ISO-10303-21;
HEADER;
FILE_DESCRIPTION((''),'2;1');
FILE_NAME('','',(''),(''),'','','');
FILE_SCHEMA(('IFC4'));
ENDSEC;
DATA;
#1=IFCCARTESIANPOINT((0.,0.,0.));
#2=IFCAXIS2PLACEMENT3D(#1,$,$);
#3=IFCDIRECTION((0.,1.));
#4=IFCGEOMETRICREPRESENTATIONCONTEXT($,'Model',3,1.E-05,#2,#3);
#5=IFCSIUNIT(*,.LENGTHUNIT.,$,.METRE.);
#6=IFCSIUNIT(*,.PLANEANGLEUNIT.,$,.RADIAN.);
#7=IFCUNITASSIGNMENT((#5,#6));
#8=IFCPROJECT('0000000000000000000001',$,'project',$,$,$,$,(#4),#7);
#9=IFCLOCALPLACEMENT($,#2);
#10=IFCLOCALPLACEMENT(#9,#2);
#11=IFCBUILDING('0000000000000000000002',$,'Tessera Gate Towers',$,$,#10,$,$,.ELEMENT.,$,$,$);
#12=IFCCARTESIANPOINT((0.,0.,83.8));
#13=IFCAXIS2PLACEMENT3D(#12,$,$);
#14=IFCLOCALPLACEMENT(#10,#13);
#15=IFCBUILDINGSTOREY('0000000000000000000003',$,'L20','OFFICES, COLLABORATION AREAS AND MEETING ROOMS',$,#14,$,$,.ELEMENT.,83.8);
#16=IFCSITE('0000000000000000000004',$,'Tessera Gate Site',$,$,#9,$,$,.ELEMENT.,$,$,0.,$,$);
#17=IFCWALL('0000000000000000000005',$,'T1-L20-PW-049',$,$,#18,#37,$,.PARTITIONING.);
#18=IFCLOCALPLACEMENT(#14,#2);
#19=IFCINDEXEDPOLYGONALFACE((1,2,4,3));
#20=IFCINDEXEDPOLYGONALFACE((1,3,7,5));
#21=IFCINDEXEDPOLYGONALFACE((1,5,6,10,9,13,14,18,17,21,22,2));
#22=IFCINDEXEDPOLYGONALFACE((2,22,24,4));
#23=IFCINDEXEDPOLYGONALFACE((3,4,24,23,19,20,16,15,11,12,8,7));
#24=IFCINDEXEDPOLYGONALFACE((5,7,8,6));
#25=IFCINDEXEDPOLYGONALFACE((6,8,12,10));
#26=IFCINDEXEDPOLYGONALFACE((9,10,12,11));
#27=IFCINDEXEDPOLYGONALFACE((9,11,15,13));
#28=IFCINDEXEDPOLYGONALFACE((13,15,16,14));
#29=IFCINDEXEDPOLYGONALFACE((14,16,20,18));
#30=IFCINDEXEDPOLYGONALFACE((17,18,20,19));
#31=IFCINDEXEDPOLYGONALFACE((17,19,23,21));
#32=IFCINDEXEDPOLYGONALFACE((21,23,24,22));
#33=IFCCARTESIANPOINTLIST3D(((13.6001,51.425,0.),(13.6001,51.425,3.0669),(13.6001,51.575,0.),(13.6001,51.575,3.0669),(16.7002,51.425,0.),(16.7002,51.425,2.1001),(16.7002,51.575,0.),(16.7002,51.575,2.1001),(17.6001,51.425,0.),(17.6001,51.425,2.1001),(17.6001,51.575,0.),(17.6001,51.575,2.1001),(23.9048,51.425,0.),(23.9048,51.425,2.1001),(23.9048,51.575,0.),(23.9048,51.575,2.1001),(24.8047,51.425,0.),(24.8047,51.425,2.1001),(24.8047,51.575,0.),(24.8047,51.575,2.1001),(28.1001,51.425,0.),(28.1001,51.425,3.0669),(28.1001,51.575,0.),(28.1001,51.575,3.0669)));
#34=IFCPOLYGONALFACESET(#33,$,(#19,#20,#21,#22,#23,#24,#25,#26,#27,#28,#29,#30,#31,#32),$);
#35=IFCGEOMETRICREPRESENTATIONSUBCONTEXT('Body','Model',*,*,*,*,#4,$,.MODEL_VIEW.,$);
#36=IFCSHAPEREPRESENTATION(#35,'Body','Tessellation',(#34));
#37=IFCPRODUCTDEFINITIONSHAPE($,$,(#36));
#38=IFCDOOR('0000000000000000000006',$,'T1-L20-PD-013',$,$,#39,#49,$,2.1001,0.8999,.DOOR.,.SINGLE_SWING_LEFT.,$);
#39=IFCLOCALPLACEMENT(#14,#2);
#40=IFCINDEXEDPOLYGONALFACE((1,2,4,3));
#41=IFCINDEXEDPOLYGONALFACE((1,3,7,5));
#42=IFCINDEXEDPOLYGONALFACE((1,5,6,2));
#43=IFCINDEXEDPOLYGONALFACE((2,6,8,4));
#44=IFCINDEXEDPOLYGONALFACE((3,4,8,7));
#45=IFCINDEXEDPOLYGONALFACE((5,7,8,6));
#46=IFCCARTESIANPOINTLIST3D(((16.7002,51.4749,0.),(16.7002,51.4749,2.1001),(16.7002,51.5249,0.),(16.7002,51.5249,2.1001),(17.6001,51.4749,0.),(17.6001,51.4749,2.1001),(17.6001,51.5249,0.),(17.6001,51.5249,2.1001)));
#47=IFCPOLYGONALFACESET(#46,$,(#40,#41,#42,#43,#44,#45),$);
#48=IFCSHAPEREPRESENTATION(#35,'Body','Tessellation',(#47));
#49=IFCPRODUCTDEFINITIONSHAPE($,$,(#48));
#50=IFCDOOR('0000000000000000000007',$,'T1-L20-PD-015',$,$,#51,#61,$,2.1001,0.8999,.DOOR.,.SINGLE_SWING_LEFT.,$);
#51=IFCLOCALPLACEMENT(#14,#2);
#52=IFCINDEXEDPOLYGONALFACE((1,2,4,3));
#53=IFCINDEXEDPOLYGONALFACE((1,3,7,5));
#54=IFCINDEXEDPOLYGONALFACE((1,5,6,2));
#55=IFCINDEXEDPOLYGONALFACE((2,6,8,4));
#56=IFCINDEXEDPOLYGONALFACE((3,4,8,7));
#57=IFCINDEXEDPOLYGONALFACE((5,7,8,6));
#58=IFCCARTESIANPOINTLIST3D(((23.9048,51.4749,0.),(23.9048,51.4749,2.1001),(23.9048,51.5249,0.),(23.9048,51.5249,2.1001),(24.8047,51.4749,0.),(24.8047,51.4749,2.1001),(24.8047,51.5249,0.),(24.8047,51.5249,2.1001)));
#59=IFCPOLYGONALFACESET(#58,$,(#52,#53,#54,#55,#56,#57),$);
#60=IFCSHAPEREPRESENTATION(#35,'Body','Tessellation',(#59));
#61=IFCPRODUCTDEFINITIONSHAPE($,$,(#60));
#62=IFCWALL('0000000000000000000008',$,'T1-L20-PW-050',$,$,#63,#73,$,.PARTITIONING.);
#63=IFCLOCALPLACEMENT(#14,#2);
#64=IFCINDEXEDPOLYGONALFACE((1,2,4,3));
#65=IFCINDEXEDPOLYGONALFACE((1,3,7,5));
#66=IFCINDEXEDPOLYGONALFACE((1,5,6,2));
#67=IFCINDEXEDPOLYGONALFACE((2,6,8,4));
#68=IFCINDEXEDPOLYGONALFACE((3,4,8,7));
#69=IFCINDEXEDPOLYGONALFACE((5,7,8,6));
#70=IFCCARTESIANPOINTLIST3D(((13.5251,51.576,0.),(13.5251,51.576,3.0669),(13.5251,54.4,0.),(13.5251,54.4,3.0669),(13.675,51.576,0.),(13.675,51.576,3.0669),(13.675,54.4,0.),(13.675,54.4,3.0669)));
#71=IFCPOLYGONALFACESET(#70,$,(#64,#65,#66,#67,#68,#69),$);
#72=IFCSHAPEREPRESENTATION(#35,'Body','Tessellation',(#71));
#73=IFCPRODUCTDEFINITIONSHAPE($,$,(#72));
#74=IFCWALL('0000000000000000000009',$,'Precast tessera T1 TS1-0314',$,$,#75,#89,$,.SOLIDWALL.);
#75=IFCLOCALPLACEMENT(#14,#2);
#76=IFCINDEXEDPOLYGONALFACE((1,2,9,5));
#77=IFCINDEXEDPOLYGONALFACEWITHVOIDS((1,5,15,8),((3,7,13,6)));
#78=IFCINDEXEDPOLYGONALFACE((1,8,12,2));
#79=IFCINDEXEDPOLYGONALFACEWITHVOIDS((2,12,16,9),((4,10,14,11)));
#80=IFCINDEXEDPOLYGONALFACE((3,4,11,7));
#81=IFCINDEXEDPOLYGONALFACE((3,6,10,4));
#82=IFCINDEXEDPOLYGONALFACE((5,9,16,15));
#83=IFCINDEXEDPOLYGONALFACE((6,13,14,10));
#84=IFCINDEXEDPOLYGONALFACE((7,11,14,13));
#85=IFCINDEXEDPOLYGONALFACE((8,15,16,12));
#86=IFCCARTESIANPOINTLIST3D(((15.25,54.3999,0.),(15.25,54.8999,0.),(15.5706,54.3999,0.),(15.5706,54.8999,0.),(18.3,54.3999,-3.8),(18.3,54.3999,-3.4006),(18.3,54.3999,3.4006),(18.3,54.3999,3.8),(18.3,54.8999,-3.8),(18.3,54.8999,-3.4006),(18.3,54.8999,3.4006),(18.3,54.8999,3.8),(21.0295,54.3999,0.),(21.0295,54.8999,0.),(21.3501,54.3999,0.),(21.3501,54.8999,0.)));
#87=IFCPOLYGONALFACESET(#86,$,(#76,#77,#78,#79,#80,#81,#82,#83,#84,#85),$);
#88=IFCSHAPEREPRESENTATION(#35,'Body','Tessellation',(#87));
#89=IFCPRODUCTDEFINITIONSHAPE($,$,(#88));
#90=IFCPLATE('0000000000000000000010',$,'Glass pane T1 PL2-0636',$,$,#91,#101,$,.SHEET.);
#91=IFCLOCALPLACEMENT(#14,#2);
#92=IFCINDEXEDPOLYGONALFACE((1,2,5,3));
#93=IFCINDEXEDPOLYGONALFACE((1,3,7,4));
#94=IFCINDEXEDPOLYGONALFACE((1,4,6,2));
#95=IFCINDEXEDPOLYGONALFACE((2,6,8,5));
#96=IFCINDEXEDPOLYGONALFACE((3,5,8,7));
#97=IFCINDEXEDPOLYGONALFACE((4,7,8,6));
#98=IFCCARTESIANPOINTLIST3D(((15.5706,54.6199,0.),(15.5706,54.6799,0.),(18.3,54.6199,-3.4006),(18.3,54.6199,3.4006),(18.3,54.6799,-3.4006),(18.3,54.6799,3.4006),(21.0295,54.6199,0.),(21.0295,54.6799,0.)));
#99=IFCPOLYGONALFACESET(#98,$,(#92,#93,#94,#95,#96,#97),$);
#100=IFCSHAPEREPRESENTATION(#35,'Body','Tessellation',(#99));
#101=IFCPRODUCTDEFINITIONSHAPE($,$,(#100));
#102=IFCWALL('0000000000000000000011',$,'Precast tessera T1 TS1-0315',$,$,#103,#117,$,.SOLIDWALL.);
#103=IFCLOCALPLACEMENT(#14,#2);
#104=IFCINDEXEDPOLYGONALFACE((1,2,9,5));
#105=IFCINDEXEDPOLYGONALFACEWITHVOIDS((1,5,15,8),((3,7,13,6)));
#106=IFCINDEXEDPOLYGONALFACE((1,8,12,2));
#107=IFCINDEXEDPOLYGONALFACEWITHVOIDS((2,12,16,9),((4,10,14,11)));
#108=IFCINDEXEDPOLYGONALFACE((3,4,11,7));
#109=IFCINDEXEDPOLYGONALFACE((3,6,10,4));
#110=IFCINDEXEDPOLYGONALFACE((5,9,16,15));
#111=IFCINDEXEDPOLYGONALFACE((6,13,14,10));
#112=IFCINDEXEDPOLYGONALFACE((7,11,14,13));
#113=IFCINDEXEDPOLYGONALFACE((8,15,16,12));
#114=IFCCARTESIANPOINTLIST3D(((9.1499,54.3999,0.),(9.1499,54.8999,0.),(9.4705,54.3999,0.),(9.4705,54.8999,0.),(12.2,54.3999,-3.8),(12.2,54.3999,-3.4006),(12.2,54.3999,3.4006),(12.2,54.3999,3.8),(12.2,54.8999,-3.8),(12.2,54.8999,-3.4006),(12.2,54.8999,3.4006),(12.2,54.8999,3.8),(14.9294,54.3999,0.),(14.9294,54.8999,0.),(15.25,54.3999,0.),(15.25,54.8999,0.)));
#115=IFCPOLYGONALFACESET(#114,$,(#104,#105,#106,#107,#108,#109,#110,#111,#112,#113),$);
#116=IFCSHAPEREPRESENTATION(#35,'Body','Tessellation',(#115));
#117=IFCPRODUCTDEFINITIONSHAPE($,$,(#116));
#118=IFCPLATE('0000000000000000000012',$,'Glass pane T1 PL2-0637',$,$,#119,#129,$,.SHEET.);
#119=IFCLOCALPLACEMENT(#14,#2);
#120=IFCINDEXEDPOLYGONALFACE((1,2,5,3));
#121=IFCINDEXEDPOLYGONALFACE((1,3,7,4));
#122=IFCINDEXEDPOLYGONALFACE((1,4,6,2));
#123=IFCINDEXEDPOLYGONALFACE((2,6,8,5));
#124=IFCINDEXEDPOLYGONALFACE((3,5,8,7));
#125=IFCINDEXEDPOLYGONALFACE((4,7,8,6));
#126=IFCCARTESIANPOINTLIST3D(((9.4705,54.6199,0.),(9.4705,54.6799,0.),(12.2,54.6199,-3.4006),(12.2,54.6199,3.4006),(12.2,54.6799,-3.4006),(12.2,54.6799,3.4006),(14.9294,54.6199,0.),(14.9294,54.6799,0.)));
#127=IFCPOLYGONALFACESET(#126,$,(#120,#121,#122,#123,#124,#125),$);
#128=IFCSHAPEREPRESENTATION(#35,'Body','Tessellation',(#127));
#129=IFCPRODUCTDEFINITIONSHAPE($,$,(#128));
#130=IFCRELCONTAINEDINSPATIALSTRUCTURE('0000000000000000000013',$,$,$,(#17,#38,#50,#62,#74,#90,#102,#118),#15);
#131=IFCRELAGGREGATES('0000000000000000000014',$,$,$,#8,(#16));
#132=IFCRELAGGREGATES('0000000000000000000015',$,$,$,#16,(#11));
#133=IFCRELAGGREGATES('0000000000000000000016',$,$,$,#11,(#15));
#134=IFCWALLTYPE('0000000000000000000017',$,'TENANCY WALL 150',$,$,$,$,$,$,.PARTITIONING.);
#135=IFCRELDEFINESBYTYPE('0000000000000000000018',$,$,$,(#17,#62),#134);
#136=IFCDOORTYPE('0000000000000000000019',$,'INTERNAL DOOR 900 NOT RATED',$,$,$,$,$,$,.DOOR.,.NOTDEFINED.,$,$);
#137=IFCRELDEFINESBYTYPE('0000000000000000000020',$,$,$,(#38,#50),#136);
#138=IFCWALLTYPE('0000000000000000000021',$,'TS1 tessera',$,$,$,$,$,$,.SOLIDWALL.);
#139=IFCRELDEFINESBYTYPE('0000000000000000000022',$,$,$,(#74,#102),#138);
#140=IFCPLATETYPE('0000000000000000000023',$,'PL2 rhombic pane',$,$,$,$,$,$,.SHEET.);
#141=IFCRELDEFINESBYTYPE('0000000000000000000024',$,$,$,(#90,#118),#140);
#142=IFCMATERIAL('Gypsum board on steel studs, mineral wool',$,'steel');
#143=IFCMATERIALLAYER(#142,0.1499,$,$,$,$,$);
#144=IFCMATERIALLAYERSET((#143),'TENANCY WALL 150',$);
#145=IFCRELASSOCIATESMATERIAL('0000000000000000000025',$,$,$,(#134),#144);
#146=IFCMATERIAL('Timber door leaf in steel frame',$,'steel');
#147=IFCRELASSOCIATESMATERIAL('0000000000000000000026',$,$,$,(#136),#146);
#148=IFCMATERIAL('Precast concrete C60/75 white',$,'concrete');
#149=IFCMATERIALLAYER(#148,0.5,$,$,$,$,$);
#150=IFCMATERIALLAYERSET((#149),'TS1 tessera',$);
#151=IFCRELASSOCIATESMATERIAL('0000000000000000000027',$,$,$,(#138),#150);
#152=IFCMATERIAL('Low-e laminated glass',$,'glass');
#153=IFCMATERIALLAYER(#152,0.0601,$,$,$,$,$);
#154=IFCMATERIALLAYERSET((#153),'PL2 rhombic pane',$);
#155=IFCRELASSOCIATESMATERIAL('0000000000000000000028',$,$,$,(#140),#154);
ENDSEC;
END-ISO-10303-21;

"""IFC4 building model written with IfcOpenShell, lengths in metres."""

from ifc_helpers import new_model, si_unit, direction, frame, frame_2d, origin, place, context, subcontext, project, spatial, polyline, rectangle, outline, extrude, source, transform, mapped, material, layer, layer_set, type_object, element, fill, save


model = new_model("IFC4")

# Units and contexts
model_context = context("Model", 3, precision=1e-05, world=origin(), true_north=direction((0.0, 1.0)))
body_context = subcontext(model_context, "Body", "Model", "MODEL_VIEW")
ifc_project = project(units=[si_unit("LENGTHUNIT", "METRE"), si_unit("PLANEANGLEUNIT", "RADIAN")], contexts=[model_context])

# Site, building, storey
site_placement = place(None, origin())
site = spatial("IfcSite", under=ifc_project, at=site_placement, Name="Tessera Gate Site", CompositionType="ELEMENT", RefElevation=0.0)
building_placement = place(site_placement, origin())
building = spatial("IfcBuilding", under=site, at=building_placement, Name="Tessera Gate Towers", CompositionType="ELEMENT")
storey_placement = place(building_placement, frame((0.0, 0.0, 83.8)))
storey = spatial("IfcBuildingStorey", under=building, at=storey_placement, Name="L20", Description="OFFICES, COLLABORATION AREAS AND MEETING ROOMS", CompositionType="ELEMENT", Elevation=83.8)

# Shared definitions
shared_shape_1 = source(origin(), body_context, "Body", "SweptSolid", [
    extrude(rectangle(XDim=0.8999, YDim=2.1001, at=frame_2d((0.45, 1.05))), frame((0.0, 0.0249, 0.0), z_axis=(0.0, -1.0, 0.0), x_axis=(1.0, 0.0, 0.0)), (0.0, 0.0, 1.0), 0.05),
])

# Shared definitions
ifc_material_1 = material(Name="Gypsum board on steel studs, mineral wool", Category="steel")
ifc_layer_1 = layer(ifc_material_1, 0.1499)
ifc_layer_set_1 = layer_set([ifc_layer_1], Name="TENANCY WALL 150")
wall_type_1 = type_object("IfcWallType", Name="TENANCY WALL 150", PredefinedType="PARTITIONING", material=ifc_layer_set_1)

# Wall, openings, doors
wall_1_placement = place(storey_placement, frame((13.6001, 51.5, 0.0), z_axis=(0.0, 0.0, 1.0), x_axis=(1.0, 0.0, 0.0)))
wall_1 = element("IfcWall", 1, at=wall_1_placement, inside=storey, type_object=wall_type_1, Name="T1-L20-PW-049", PredefinedType="PARTITIONING", context=body_context, shape_type="SweptSolid", body=[
    extrude(rectangle(XDim=14.5, YDim=0.1499, at=frame_2d((7.25, 0.0))), origin(), (0.0, 0.0, 1.0), 3.0669),
])
shared_shape_2 = source(origin(), body_context, "Body", "SweptSolid", [
    extrude(rectangle(XDim=0.8999, YDim=2.1001, at=frame_2d((0.45, 1.05))), frame((0.0, 0.085, 0.0), z_axis=(0.0, -1.0, 0.0), x_axis=(1.0, 0.0, 0.0)), (0.0, 0.0, 1.0), 0.1699),
])
opening_1_placement = place(wall_1_placement, frame((3.1001, 0.0, 0.0)))
opening_1 = element("IfcOpeningElement", 2, at=opening_1_placement, cuts=wall_1, PredefinedType="OPENING", context=body_context, shape_type="MappedRepresentation", body=[
    mapped(shared_shape_2, transform((0.0, 0.0, 0.0), scale=1.0)),
])
opening_2_placement = place(wall_1_placement, frame((10.3047, 0.0, 0.0)))
opening_2 = element("IfcOpeningElement", 3, at=opening_2_placement, cuts=wall_1, PredefinedType="OPENING", context=body_context, shape_type="MappedRepresentation", body=[
    mapped(shared_shape_2, transform((0.0, 0.0, 0.0), scale=1.0)),
])
ifc_material_2 = material(Name="Timber door leaf in steel frame", Category="steel")
door_type_1 = type_object("IfcDoorType", Name="INTERNAL DOOR 900 NOT RATED", OperationType="NOTDEFINED", PredefinedType="DOOR", material=ifc_material_2)
door_1_placement = place(opening_1_placement, origin())
door_1 = element("IfcDoor", 4, at=door_1_placement, inside=storey, type_object=door_type_1, Name="T1-L20-PD-013", OperationType="SINGLE_SWING_LEFT", OverallHeight=2.1001, OverallWidth=0.8999, PredefinedType="DOOR", context=body_context, shape_type="MappedRepresentation", body=[
    mapped(shared_shape_1, transform((0.0, 0.0, 0.0), scale=1.0)),
])
fill(opening_1, door_1)
door_2_placement = place(opening_2_placement, origin())
door_2 = element("IfcDoor", 5, at=door_2_placement, inside=storey, type_object=door_type_1, Name="T1-L20-PD-015", OperationType="SINGLE_SWING_LEFT", OverallHeight=2.1001, OverallWidth=0.8999, PredefinedType="DOOR", context=body_context, shape_type="MappedRepresentation", body=[
    mapped(shared_shape_1, transform((0.0, 0.0, 0.0), scale=1.0)),
])
fill(opening_2, door_2)

# Wall
wall_2_placement = place(storey_placement, frame((13.6001, 51.5759, 0.0), z_axis=(0.0, 0.0, 1.0), x_axis=(0.0, 1.0, 0.0)))
element("IfcWall", 6, at=wall_2_placement, inside=storey, type_object=wall_type_1, Name="T1-L20-PW-050", PredefinedType="PARTITIONING", context=body_context, shape_type="SweptSolid", body=[
    extrude(rectangle(XDim=2.824, YDim=0.1499, at=frame_2d((1.4121, 0.0))), origin(), (0.0, 0.0, 1.0), 3.0669),
])

# Walls, openings, plates
ifc_material_3 = material(Name="Precast concrete C60/75 white", Category="concrete")
ifc_layer_2 = layer(ifc_material_3, 0.5)
ifc_layer_set_2 = layer_set([ifc_layer_2], Name="TS1 tessera")
wall_type_2 = type_object("IfcWallType", Name="TS1 tessera", PredefinedType="SOLIDWALL", material=ifc_layer_set_2)
shared_shape_3 = source(origin(), body_context, "Body", "SweptSolid", [
    extrude(outline(polyline([(3.05, 0.0), (6.1001, 3.8), (3.05, 7.6001), (0.0, 3.8), (3.05, 0.0)])), frame((0.0, 0.25, 0.0), z_axis=(0.0, -1.0, 0.0), x_axis=(1.0, 0.0, 0.0)), (0.0, 0.0, 1.0), 0.5),
])
wall_3_placement = place(storey_placement, frame((21.3501, 54.6499, -3.8), z_axis=(0.0, 0.0, 1.0), x_axis=(-1.0, 0.0, 0.0)))
wall_3 = element("IfcWall", 7, at=wall_3_placement, inside=storey, type_object=wall_type_2, Name="Precast tessera T1 TS1-0314", PredefinedType="SOLIDWALL", context=body_context, shape_type="MappedRepresentation", body=[
    mapped(shared_shape_3, transform((0.0, 0.0, 0.0), scale=1.0)),
])
shared_shape_4 = source(origin(), body_context, "Body", "SweptSolid", [
    extrude(outline(polyline([(3.05, 0.3994), (5.7795, 3.8), (3.05, 7.2007), (0.3206, 3.8), (3.05, 0.3994)])), frame((0.0, 0.26, 0.0), z_axis=(0.0, -1.0, 0.0), x_axis=(1.0, 0.0, 0.0)), (0.0, 0.0, 1.0), 0.52),
])
opening_3_placement = place(wall_3_placement, origin())
opening_3 = element("IfcOpeningElement", 8, at=opening_3_placement, cuts=wall_3, PredefinedType="OPENING", context=body_context, shape_type="MappedRepresentation", body=[
    mapped(shared_shape_4, transform((0.0, 0.0, 0.0), scale=1.0)),
])
ifc_material_4 = material(Name="Low-e laminated glass", Category="glass")
ifc_layer_3 = layer(ifc_material_4, 0.0601)
ifc_layer_set_3 = layer_set([ifc_layer_3], Name="PL2 rhombic pane")
plate_type = type_object("IfcPlateType", Name="PL2 rhombic pane", PredefinedType="SHEET", material=ifc_layer_set_3)
shared_shape_5 = source(origin(), body_context, "Body", "SweptSolid", [
    extrude(outline(polyline([(3.05, 0.3994), (5.7795, 3.8), (3.05, 7.2007), (0.3206, 3.8), (3.05, 0.3994)])), frame((0.0, 0.03, 0.0), z_axis=(0.0, -1.0, 0.0), x_axis=(1.0, 0.0, 0.0)), (0.0, 0.0, 1.0), 0.0601),
])
plate_1_placement = place(opening_3_placement, origin())
plate_1 = element("IfcPlate", 9, at=plate_1_placement, inside=storey, type_object=plate_type, Name="Glass pane T1 PL2-0636", PredefinedType="SHEET", context=body_context, shape_type="MappedRepresentation", body=[
    mapped(shared_shape_5, transform((0.0, 0.0, 0.0), scale=1.0)),
])
fill(opening_3, plate_1)
wall_4_placement = place(storey_placement, frame((15.25, 54.6499, -3.8), z_axis=(0.0, 0.0, 1.0), x_axis=(-1.0, 0.0, 0.0)))
wall_4 = element("IfcWall", 10, at=wall_4_placement, inside=storey, type_object=wall_type_2, Name="Precast tessera T1 TS1-0315", PredefinedType="SOLIDWALL", context=body_context, shape_type="MappedRepresentation", body=[
    mapped(shared_shape_3, transform((0.0, 0.0, 0.0), scale=1.0)),
])
opening_4_placement = place(wall_4_placement, origin())
opening_4 = element("IfcOpeningElement", 11, at=opening_4_placement, cuts=wall_4, PredefinedType="OPENING", context=body_context, shape_type="MappedRepresentation", body=[
    mapped(shared_shape_4, transform((0.0, 0.0, 0.0), scale=1.0)),
])
plate_2_placement = place(opening_4_placement, origin())
plate_2 = element("IfcPlate", 12, at=plate_2_placement, inside=storey, type_object=plate_type, Name="Glass pane T1 PL2-0637", PredefinedType="SHEET", context=body_context, shape_type="MappedRepresentation", body=[
    mapped(shared_shape_5, transform((0.0, 0.0, 0.0), scale=1.0)),
])
fill(opening_4, plate_2)

save(model, "model.ifc")
